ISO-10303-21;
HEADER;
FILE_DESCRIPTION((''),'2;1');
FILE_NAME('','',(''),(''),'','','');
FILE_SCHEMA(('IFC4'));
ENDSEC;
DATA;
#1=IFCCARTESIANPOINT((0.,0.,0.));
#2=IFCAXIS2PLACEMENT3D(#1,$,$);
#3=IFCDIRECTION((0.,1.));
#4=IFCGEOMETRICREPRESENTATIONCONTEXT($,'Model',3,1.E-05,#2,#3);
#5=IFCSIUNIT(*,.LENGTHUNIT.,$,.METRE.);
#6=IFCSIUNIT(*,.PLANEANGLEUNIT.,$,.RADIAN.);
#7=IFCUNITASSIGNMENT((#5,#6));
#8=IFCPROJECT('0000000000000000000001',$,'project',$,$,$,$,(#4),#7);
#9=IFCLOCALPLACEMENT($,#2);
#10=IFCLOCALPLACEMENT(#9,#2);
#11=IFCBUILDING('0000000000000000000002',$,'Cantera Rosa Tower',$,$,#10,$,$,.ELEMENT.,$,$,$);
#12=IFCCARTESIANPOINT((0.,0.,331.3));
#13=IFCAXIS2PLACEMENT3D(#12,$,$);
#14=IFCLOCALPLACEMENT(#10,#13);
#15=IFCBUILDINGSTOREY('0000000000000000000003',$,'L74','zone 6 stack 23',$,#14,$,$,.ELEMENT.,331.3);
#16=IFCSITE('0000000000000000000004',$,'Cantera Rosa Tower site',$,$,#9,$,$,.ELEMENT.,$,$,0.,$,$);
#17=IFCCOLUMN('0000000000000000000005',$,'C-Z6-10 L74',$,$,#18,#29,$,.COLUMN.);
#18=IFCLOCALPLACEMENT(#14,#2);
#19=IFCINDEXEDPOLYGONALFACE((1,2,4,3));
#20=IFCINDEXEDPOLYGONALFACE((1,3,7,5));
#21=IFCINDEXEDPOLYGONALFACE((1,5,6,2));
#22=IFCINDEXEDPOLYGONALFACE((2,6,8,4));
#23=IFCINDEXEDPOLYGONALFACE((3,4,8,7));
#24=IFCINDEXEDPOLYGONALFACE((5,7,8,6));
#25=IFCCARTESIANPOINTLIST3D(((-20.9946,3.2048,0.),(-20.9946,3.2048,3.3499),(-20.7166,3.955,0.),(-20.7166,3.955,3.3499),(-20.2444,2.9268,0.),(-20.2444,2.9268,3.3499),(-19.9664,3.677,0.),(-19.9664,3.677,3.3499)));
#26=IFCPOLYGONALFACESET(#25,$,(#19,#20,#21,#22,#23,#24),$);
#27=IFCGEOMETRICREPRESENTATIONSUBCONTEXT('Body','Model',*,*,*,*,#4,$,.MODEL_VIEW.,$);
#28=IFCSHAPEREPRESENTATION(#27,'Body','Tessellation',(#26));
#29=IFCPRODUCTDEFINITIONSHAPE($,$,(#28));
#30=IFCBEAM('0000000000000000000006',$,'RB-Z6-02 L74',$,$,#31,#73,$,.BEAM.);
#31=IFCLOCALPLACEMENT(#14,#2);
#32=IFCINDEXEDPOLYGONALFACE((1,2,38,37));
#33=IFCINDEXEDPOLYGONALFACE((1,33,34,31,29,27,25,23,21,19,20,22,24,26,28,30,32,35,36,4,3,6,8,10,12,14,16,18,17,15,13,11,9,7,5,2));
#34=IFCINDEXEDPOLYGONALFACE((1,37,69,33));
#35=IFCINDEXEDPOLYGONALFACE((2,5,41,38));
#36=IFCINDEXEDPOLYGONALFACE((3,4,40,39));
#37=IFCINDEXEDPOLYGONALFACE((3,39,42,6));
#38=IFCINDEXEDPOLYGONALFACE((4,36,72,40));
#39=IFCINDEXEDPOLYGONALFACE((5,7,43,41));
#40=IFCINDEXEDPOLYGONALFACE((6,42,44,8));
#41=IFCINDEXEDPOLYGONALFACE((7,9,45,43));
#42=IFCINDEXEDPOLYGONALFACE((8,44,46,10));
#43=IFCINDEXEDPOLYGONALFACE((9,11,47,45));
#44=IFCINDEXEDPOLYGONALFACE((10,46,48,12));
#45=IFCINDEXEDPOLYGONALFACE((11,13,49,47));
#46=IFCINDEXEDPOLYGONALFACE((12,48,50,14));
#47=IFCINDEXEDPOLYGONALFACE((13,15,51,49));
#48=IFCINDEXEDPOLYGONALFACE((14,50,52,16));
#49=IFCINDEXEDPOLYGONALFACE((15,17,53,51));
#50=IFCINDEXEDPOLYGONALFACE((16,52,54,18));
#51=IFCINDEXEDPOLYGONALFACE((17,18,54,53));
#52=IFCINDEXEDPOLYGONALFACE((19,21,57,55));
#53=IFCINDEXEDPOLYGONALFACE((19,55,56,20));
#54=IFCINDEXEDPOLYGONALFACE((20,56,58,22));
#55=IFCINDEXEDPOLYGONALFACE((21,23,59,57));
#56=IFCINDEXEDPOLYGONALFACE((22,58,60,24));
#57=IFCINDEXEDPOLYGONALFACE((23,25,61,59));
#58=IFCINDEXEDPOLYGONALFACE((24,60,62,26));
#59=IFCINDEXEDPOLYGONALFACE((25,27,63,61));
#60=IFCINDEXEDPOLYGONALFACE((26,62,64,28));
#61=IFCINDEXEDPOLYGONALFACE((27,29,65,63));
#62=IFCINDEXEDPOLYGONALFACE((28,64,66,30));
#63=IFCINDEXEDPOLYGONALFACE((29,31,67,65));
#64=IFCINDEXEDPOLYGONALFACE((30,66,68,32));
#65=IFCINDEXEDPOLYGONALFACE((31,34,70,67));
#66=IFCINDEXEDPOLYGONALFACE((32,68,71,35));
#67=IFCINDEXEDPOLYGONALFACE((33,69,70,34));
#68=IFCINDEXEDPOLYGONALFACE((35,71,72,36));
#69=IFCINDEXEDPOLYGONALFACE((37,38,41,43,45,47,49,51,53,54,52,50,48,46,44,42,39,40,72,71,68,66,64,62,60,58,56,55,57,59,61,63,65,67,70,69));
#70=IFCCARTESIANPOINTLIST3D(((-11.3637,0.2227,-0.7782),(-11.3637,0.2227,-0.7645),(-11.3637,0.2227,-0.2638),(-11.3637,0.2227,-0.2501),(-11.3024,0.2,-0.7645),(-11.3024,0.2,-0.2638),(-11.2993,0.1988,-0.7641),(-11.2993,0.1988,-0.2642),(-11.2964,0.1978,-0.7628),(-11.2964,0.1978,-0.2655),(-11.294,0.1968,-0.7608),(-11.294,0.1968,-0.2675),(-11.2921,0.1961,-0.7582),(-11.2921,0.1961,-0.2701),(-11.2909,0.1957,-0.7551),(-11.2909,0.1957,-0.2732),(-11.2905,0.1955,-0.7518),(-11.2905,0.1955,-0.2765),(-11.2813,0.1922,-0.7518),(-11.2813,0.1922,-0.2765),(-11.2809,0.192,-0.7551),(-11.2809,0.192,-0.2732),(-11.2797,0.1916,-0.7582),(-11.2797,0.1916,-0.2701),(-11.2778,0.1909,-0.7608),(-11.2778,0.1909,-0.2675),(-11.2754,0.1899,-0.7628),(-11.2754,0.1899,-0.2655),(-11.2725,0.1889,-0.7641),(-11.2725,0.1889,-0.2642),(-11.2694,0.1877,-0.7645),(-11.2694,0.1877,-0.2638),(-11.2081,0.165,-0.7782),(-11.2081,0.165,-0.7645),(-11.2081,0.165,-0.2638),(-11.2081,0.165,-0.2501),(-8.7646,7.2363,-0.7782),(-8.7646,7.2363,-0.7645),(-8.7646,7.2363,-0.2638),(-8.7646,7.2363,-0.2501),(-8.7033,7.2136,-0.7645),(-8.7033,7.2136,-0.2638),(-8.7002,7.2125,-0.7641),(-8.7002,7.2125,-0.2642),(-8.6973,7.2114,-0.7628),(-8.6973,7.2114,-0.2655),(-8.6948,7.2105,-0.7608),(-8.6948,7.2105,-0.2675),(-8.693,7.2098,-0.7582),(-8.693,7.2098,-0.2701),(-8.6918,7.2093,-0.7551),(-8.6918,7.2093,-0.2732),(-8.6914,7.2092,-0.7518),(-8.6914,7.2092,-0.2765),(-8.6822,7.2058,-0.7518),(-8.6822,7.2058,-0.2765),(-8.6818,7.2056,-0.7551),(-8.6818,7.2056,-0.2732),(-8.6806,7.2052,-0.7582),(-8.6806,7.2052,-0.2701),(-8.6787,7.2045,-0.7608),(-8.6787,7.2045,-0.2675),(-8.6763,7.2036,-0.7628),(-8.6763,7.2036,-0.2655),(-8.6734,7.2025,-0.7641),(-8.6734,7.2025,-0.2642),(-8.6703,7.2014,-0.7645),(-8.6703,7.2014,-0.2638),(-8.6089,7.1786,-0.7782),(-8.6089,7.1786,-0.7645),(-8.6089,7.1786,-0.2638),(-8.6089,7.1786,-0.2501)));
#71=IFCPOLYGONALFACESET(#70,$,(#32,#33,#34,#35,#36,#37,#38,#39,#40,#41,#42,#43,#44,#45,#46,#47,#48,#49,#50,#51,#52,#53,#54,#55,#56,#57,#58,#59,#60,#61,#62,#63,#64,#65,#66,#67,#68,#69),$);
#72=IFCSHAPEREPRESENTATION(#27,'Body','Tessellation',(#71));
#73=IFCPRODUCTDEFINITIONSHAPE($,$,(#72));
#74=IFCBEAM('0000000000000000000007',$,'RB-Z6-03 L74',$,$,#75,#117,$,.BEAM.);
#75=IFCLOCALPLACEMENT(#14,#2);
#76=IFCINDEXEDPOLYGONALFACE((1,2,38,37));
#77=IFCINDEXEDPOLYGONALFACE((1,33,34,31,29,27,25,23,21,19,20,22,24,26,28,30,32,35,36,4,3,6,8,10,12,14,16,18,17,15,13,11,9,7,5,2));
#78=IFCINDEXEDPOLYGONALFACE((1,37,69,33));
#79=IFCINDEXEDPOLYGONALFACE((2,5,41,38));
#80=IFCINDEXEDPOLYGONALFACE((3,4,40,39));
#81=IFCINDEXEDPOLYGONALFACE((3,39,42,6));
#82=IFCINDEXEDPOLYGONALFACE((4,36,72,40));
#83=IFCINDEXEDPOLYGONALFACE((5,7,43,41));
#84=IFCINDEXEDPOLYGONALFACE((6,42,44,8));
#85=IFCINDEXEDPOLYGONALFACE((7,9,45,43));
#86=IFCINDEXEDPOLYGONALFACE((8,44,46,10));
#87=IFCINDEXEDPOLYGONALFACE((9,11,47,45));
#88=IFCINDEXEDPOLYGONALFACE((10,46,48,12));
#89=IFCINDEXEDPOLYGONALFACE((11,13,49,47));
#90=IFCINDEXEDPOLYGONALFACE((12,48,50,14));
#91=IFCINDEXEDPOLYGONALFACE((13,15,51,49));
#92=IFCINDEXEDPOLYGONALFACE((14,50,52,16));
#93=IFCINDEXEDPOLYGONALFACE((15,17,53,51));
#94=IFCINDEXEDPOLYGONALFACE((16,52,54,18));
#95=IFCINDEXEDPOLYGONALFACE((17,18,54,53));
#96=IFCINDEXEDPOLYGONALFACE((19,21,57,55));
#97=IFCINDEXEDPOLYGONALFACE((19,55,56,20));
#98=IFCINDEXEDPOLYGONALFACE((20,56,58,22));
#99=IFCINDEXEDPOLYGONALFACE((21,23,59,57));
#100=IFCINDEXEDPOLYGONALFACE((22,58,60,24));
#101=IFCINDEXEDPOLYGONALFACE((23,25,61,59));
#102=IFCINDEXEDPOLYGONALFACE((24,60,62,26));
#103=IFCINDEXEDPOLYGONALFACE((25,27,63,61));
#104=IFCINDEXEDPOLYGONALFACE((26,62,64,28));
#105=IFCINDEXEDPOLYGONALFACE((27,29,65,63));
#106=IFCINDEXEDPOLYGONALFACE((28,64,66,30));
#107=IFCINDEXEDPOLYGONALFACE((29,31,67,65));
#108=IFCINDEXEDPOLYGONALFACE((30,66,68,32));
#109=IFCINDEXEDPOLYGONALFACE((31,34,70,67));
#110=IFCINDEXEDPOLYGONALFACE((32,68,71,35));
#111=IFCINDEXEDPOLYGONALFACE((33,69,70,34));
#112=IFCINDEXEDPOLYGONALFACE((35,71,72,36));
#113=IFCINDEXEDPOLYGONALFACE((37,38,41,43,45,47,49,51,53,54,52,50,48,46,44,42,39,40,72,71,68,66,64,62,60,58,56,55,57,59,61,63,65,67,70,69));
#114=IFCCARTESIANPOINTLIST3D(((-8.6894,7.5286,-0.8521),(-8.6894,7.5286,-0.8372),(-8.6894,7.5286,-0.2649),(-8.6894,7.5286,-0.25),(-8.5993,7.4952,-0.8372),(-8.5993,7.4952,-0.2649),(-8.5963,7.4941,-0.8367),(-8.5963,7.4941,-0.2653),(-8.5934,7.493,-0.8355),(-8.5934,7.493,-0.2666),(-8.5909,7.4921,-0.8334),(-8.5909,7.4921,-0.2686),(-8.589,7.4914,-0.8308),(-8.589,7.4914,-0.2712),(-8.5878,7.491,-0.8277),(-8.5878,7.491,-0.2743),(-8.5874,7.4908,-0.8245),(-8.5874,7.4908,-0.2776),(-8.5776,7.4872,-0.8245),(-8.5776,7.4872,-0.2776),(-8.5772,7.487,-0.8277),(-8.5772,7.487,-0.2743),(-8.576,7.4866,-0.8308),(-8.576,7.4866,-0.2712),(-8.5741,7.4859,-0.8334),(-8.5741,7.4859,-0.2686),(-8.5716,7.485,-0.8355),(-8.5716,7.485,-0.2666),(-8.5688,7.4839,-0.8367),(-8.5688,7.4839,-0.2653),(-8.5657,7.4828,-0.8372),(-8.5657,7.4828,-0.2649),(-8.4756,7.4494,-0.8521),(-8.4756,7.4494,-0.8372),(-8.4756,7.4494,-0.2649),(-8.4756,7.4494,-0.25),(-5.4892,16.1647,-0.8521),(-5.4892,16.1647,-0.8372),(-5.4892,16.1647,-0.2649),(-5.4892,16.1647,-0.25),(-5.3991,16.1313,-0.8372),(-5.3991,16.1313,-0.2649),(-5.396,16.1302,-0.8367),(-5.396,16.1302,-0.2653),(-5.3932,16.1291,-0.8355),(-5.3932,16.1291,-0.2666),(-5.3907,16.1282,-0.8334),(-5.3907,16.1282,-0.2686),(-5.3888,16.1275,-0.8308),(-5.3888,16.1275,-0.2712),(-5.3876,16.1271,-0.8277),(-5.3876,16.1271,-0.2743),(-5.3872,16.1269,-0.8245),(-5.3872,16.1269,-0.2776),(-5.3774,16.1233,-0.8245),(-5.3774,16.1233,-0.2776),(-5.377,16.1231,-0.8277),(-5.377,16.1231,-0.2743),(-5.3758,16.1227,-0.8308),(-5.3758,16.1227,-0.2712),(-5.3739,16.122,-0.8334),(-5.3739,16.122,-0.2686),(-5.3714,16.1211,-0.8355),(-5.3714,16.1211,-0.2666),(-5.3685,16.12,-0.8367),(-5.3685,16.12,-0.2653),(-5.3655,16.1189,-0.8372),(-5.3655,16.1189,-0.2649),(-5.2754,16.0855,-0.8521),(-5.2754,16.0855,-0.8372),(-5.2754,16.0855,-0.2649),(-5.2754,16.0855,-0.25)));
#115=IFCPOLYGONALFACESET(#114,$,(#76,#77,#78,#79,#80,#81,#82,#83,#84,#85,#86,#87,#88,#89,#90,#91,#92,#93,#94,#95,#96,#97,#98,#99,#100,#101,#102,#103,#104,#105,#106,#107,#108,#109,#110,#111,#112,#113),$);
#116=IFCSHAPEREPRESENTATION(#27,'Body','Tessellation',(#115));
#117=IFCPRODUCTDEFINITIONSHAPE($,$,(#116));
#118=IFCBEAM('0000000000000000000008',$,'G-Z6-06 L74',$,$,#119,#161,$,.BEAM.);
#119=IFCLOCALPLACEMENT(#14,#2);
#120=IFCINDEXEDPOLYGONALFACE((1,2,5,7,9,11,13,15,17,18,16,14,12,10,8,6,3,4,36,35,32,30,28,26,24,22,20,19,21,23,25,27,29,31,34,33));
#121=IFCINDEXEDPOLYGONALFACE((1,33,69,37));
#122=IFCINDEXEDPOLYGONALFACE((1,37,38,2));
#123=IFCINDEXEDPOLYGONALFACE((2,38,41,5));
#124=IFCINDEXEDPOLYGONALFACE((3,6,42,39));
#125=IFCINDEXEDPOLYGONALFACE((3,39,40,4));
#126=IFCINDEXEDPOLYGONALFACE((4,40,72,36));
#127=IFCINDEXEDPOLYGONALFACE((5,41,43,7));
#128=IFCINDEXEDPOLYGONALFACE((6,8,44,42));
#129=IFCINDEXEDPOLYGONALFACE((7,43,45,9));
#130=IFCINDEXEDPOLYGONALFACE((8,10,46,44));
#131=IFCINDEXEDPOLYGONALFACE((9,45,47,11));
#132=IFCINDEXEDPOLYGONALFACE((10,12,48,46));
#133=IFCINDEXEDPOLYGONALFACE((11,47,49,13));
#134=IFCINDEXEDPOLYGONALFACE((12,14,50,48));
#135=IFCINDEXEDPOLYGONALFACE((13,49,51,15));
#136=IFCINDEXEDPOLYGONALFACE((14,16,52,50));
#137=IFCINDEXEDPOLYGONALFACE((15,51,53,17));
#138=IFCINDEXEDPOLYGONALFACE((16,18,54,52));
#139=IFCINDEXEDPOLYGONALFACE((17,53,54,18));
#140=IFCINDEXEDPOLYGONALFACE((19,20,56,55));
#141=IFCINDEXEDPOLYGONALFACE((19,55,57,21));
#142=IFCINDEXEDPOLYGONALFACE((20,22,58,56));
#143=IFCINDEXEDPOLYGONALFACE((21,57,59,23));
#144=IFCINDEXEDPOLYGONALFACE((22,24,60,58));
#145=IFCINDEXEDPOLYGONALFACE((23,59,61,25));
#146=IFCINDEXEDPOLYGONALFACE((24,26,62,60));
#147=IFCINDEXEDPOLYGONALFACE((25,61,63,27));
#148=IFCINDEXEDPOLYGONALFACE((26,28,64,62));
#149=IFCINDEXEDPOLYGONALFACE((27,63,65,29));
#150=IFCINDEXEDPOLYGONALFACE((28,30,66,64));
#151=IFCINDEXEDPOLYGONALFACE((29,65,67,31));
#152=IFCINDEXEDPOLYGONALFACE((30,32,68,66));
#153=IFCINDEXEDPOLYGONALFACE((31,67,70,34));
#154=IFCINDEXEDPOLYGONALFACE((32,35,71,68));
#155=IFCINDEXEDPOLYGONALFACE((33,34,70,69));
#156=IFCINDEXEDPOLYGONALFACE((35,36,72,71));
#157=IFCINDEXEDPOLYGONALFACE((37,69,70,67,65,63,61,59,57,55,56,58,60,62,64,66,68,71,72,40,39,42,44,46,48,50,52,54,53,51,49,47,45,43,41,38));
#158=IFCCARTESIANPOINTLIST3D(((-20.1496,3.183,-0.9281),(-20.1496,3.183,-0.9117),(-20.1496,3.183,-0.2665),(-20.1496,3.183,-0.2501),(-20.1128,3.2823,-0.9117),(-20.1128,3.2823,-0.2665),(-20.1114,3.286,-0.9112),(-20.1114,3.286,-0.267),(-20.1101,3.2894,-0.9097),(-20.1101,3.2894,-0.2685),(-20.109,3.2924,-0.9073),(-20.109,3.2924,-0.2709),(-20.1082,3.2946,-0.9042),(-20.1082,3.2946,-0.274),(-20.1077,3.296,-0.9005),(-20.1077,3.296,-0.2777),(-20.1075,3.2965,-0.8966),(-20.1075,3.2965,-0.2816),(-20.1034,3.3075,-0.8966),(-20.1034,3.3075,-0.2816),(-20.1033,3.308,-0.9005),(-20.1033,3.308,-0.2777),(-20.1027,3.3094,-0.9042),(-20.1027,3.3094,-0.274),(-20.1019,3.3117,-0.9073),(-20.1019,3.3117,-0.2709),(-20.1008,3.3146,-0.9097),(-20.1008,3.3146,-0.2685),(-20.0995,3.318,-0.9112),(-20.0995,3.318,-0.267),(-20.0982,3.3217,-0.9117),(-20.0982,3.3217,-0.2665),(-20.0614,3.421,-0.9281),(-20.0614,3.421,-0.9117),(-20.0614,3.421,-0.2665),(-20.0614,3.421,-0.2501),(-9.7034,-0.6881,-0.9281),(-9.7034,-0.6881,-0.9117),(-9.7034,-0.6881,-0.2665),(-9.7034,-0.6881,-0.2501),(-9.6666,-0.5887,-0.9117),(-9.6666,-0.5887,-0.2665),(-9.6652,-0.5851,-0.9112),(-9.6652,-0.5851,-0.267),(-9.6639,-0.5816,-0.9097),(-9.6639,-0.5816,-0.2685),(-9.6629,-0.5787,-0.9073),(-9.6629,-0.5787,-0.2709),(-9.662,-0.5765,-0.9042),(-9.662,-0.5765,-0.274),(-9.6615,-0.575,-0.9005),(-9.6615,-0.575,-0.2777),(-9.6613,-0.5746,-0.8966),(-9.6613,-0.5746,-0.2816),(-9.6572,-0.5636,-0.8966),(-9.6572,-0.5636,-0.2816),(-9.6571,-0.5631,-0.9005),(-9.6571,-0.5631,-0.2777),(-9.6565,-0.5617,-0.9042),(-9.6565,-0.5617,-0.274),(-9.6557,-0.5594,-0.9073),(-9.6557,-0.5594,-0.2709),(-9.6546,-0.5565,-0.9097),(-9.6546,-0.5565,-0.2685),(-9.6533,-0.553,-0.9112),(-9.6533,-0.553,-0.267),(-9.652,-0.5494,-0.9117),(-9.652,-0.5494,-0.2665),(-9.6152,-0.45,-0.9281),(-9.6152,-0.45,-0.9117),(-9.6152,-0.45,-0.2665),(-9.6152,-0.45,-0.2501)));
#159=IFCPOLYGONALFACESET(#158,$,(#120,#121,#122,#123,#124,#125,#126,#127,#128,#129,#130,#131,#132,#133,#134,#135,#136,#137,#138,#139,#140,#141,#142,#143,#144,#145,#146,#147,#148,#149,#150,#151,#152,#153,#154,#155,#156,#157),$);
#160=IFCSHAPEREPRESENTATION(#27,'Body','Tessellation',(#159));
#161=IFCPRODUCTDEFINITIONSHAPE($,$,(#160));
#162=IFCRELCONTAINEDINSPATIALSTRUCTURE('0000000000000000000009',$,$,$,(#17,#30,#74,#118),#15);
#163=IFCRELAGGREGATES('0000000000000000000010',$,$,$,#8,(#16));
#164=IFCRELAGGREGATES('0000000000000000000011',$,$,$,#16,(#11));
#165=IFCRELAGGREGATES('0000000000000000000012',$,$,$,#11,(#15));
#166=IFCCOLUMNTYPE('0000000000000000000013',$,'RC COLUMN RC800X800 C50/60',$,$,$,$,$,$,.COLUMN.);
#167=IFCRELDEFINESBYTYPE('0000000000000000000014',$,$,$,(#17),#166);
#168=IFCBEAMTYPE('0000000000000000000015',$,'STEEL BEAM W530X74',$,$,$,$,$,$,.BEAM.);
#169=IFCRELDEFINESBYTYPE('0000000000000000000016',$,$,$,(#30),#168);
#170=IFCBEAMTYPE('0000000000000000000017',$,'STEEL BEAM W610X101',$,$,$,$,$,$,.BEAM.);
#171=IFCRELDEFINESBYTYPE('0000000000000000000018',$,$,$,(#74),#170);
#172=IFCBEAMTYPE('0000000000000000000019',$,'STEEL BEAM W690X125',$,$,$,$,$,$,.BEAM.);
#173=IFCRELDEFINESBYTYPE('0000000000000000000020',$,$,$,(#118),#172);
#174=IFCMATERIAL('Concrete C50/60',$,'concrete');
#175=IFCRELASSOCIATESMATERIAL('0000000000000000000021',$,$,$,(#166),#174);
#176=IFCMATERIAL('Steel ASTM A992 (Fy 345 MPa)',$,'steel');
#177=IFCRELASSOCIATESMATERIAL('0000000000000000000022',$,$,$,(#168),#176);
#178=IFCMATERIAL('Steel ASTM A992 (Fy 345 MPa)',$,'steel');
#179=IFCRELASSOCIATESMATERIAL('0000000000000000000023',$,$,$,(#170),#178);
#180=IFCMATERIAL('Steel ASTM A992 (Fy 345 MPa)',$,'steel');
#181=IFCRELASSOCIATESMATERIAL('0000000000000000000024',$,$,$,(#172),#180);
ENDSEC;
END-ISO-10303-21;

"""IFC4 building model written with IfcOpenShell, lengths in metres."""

from ifc_helpers import new_model, si_unit, direction, frame, origin, origin_2d, place, context, subcontext, project, spatial, rectangle, i_section, extrude, material, material_profile, profile_set, type_object, element, save


model = new_model("IFC4")

# Units and contexts
model_context = context("Model", 3, precision=1e-05, world=origin(), true_north=direction((0.0, 1.0)))
body_context = subcontext(model_context, "Body", "Model", "MODEL_VIEW")
ifc_project = project(units=[si_unit("LENGTHUNIT", "METRE"), si_unit("PLANEANGLEUNIT", "RADIAN")], contexts=[model_context])

# Site, building, storey
site_placement = place(None, origin())
site = spatial("IfcSite", under=ifc_project, at=site_placement, Name="Cantera Rosa Tower site", CompositionType="ELEMENT", RefElevation=0.0)
building_placement = place(site_placement, origin())
building = spatial("IfcBuilding", under=site, at=building_placement, Name="Cantera Rosa Tower", CompositionType="ELEMENT")
storey_placement = place(building_placement, frame((0.0, 0.0, 331.3)))
storey = spatial("IfcBuildingStorey", under=building, at=storey_placement, Name="L74", Description="zone 6 stack 23", CompositionType="ELEMENT", Elevation=331.3)

# Column
ifc_material_1 = material(Name="Concrete C50/60", Category="concrete")
ifc_material_profile_1 = material_profile(ifc_material_1, rectangle(XDim=0.8, YDim=0.8, at=origin_2d()), Name="RC COLUMN RC800X800 C50/60")
ifc_profile_set_1 = profile_set([ifc_material_profile_1], Name="Concrete C50/60")
column_type = type_object("IfcColumnType", Name="RC COLUMN RC800X800 C50/60", PredefinedType="COLUMN", material=ifc_profile_set_1)
column_placement = place(storey_placement, frame((-20.4805, 3.4409, 0.0), z_axis=(0.0, 0.0, 1.0), x_axis=(0.347481, 0.937687, 0.0)))
element("IfcColumn", 1, at=column_placement, inside=storey, type_object=column_type, Name="C-Z6-10 L74", PredefinedType="COLUMN", context=body_context, shape_type="SweptSolid", body=[
    extrude(rectangle(XDim=0.8, YDim=0.8, at=origin_2d()), origin(), (0.0, 0.0, 1.0), 3.3499),
])

# Beams
ifc_material_2 = material(Name="Steel ASTM A992 (Fy 345 MPa)", Category="steel")
ifc_material_profile_2 = material_profile(ifc_material_2, i_section(OverallWidth=0.166, OverallDepth=0.5281, WebThickness=0.0098, FlangeThickness=0.0137, FilletRadius=0.0127, at=origin_2d()), Name="W530X74")
ifc_profile_set_2 = profile_set([ifc_material_profile_2], Name="Steel ASTM A992 (Fy 345 MPa)")
beam_type_1 = type_object("IfcBeamType", Name="STEEL BEAM W530X74", PredefinedType="BEAM", material=ifc_profile_set_2)
beam_1_placement = place(storey_placement, frame((-11.2859, 0.1938, -0.5142), z_axis=(0.347487, 0.937685, 0.0), x_axis=(-0.937685, 0.347487, 0.0)))
element("IfcBeam", 2, at=beam_1_placement, inside=storey, type_object=beam_type_1, Name="RB-Z6-02 L74", PredefinedType="BEAM", context=body_context, shape_type="SweptSolid", body=[
    extrude(i_section(OverallWidth=0.166, OverallDepth=0.5281, WebThickness=0.0098, FlangeThickness=0.0137, FilletRadius=0.0127, at=origin_2d()), origin(), (0.0, 0.0, 1.0), 7.4797),
])
ifc_material_3 = material(Name="Steel ASTM A992 (Fy 345 MPa)", Category="steel")
ifc_material_profile_3 = material_profile(ifc_material_3, i_section(OverallWidth=0.228, OverallDepth=0.6021, WebThickness=0.0105, FlangeThickness=0.0149, FilletRadius=0.0127, at=origin_2d()), Name="W610X101")
ifc_profile_set_3 = profile_set([ifc_material_profile_3], Name="Steel ASTM A992 (Fy 345 MPa)")
beam_type_2 = type_object("IfcBeamType", Name="STEEL BEAM W610X101", PredefinedType="BEAM", material=ifc_profile_set_3)
beam_2_placement = place(storey_placement, frame((-8.5825, 7.489, -0.551), z_axis=(0.347475, 0.937689, 0.0), x_axis=(-0.937689, 0.347475, 0.0)))
element("IfcBeam", 3, at=beam_2_placement, inside=storey, type_object=beam_type_2, Name="RB-Z6-03 L74", PredefinedType="BEAM", context=body_context, shape_type="SweptSolid", body=[
    extrude(i_section(OverallWidth=0.228, OverallDepth=0.6021, WebThickness=0.0105, FlangeThickness=0.0149, FilletRadius=0.0127, at=origin_2d()), origin(), (0.0, 0.0, 1.0), 9.21),
])
ifc_material_4 = material(Name="Steel ASTM A992 (Fy 345 MPa)", Category="steel")
ifc_material_profile_4 = material_profile(ifc_material_4, i_section(OverallWidth=0.2539, OverallDepth=0.678, WebThickness=0.0117, FlangeThickness=0.0164, FilletRadius=0.0151, at=origin_2d()), Name="W690X125")
ifc_profile_set_4 = profile_set([ifc_material_profile_4], Name="Steel ASTM A992 (Fy 345 MPa)")
beam_type_3 = type_object("IfcBeamType", Name="STEEL BEAM W690X125", PredefinedType="BEAM", material=ifc_profile_set_4)
beam_3_placement = place(storey_placement, frame((-20.1055, 3.302, -0.5891), z_axis=(0.937687, -0.34748, 0.0), x_axis=(0.34748, 0.937687, 0.0)))
element("IfcBeam", 4, at=beam_3_placement, inside=storey, type_object=beam_type_3, Name="G-Z6-06 L74", PredefinedType="BEAM", context=body_context, shape_type="SweptSolid", body=[
    extrude(i_section(OverallWidth=0.2539, OverallDepth=0.678, WebThickness=0.0117, FlangeThickness=0.0164, FilletRadius=0.0151, at=origin_2d()), origin(), (0.0, 0.0, 1.0), 11.1404),
])

save(model, "model.ifc")
